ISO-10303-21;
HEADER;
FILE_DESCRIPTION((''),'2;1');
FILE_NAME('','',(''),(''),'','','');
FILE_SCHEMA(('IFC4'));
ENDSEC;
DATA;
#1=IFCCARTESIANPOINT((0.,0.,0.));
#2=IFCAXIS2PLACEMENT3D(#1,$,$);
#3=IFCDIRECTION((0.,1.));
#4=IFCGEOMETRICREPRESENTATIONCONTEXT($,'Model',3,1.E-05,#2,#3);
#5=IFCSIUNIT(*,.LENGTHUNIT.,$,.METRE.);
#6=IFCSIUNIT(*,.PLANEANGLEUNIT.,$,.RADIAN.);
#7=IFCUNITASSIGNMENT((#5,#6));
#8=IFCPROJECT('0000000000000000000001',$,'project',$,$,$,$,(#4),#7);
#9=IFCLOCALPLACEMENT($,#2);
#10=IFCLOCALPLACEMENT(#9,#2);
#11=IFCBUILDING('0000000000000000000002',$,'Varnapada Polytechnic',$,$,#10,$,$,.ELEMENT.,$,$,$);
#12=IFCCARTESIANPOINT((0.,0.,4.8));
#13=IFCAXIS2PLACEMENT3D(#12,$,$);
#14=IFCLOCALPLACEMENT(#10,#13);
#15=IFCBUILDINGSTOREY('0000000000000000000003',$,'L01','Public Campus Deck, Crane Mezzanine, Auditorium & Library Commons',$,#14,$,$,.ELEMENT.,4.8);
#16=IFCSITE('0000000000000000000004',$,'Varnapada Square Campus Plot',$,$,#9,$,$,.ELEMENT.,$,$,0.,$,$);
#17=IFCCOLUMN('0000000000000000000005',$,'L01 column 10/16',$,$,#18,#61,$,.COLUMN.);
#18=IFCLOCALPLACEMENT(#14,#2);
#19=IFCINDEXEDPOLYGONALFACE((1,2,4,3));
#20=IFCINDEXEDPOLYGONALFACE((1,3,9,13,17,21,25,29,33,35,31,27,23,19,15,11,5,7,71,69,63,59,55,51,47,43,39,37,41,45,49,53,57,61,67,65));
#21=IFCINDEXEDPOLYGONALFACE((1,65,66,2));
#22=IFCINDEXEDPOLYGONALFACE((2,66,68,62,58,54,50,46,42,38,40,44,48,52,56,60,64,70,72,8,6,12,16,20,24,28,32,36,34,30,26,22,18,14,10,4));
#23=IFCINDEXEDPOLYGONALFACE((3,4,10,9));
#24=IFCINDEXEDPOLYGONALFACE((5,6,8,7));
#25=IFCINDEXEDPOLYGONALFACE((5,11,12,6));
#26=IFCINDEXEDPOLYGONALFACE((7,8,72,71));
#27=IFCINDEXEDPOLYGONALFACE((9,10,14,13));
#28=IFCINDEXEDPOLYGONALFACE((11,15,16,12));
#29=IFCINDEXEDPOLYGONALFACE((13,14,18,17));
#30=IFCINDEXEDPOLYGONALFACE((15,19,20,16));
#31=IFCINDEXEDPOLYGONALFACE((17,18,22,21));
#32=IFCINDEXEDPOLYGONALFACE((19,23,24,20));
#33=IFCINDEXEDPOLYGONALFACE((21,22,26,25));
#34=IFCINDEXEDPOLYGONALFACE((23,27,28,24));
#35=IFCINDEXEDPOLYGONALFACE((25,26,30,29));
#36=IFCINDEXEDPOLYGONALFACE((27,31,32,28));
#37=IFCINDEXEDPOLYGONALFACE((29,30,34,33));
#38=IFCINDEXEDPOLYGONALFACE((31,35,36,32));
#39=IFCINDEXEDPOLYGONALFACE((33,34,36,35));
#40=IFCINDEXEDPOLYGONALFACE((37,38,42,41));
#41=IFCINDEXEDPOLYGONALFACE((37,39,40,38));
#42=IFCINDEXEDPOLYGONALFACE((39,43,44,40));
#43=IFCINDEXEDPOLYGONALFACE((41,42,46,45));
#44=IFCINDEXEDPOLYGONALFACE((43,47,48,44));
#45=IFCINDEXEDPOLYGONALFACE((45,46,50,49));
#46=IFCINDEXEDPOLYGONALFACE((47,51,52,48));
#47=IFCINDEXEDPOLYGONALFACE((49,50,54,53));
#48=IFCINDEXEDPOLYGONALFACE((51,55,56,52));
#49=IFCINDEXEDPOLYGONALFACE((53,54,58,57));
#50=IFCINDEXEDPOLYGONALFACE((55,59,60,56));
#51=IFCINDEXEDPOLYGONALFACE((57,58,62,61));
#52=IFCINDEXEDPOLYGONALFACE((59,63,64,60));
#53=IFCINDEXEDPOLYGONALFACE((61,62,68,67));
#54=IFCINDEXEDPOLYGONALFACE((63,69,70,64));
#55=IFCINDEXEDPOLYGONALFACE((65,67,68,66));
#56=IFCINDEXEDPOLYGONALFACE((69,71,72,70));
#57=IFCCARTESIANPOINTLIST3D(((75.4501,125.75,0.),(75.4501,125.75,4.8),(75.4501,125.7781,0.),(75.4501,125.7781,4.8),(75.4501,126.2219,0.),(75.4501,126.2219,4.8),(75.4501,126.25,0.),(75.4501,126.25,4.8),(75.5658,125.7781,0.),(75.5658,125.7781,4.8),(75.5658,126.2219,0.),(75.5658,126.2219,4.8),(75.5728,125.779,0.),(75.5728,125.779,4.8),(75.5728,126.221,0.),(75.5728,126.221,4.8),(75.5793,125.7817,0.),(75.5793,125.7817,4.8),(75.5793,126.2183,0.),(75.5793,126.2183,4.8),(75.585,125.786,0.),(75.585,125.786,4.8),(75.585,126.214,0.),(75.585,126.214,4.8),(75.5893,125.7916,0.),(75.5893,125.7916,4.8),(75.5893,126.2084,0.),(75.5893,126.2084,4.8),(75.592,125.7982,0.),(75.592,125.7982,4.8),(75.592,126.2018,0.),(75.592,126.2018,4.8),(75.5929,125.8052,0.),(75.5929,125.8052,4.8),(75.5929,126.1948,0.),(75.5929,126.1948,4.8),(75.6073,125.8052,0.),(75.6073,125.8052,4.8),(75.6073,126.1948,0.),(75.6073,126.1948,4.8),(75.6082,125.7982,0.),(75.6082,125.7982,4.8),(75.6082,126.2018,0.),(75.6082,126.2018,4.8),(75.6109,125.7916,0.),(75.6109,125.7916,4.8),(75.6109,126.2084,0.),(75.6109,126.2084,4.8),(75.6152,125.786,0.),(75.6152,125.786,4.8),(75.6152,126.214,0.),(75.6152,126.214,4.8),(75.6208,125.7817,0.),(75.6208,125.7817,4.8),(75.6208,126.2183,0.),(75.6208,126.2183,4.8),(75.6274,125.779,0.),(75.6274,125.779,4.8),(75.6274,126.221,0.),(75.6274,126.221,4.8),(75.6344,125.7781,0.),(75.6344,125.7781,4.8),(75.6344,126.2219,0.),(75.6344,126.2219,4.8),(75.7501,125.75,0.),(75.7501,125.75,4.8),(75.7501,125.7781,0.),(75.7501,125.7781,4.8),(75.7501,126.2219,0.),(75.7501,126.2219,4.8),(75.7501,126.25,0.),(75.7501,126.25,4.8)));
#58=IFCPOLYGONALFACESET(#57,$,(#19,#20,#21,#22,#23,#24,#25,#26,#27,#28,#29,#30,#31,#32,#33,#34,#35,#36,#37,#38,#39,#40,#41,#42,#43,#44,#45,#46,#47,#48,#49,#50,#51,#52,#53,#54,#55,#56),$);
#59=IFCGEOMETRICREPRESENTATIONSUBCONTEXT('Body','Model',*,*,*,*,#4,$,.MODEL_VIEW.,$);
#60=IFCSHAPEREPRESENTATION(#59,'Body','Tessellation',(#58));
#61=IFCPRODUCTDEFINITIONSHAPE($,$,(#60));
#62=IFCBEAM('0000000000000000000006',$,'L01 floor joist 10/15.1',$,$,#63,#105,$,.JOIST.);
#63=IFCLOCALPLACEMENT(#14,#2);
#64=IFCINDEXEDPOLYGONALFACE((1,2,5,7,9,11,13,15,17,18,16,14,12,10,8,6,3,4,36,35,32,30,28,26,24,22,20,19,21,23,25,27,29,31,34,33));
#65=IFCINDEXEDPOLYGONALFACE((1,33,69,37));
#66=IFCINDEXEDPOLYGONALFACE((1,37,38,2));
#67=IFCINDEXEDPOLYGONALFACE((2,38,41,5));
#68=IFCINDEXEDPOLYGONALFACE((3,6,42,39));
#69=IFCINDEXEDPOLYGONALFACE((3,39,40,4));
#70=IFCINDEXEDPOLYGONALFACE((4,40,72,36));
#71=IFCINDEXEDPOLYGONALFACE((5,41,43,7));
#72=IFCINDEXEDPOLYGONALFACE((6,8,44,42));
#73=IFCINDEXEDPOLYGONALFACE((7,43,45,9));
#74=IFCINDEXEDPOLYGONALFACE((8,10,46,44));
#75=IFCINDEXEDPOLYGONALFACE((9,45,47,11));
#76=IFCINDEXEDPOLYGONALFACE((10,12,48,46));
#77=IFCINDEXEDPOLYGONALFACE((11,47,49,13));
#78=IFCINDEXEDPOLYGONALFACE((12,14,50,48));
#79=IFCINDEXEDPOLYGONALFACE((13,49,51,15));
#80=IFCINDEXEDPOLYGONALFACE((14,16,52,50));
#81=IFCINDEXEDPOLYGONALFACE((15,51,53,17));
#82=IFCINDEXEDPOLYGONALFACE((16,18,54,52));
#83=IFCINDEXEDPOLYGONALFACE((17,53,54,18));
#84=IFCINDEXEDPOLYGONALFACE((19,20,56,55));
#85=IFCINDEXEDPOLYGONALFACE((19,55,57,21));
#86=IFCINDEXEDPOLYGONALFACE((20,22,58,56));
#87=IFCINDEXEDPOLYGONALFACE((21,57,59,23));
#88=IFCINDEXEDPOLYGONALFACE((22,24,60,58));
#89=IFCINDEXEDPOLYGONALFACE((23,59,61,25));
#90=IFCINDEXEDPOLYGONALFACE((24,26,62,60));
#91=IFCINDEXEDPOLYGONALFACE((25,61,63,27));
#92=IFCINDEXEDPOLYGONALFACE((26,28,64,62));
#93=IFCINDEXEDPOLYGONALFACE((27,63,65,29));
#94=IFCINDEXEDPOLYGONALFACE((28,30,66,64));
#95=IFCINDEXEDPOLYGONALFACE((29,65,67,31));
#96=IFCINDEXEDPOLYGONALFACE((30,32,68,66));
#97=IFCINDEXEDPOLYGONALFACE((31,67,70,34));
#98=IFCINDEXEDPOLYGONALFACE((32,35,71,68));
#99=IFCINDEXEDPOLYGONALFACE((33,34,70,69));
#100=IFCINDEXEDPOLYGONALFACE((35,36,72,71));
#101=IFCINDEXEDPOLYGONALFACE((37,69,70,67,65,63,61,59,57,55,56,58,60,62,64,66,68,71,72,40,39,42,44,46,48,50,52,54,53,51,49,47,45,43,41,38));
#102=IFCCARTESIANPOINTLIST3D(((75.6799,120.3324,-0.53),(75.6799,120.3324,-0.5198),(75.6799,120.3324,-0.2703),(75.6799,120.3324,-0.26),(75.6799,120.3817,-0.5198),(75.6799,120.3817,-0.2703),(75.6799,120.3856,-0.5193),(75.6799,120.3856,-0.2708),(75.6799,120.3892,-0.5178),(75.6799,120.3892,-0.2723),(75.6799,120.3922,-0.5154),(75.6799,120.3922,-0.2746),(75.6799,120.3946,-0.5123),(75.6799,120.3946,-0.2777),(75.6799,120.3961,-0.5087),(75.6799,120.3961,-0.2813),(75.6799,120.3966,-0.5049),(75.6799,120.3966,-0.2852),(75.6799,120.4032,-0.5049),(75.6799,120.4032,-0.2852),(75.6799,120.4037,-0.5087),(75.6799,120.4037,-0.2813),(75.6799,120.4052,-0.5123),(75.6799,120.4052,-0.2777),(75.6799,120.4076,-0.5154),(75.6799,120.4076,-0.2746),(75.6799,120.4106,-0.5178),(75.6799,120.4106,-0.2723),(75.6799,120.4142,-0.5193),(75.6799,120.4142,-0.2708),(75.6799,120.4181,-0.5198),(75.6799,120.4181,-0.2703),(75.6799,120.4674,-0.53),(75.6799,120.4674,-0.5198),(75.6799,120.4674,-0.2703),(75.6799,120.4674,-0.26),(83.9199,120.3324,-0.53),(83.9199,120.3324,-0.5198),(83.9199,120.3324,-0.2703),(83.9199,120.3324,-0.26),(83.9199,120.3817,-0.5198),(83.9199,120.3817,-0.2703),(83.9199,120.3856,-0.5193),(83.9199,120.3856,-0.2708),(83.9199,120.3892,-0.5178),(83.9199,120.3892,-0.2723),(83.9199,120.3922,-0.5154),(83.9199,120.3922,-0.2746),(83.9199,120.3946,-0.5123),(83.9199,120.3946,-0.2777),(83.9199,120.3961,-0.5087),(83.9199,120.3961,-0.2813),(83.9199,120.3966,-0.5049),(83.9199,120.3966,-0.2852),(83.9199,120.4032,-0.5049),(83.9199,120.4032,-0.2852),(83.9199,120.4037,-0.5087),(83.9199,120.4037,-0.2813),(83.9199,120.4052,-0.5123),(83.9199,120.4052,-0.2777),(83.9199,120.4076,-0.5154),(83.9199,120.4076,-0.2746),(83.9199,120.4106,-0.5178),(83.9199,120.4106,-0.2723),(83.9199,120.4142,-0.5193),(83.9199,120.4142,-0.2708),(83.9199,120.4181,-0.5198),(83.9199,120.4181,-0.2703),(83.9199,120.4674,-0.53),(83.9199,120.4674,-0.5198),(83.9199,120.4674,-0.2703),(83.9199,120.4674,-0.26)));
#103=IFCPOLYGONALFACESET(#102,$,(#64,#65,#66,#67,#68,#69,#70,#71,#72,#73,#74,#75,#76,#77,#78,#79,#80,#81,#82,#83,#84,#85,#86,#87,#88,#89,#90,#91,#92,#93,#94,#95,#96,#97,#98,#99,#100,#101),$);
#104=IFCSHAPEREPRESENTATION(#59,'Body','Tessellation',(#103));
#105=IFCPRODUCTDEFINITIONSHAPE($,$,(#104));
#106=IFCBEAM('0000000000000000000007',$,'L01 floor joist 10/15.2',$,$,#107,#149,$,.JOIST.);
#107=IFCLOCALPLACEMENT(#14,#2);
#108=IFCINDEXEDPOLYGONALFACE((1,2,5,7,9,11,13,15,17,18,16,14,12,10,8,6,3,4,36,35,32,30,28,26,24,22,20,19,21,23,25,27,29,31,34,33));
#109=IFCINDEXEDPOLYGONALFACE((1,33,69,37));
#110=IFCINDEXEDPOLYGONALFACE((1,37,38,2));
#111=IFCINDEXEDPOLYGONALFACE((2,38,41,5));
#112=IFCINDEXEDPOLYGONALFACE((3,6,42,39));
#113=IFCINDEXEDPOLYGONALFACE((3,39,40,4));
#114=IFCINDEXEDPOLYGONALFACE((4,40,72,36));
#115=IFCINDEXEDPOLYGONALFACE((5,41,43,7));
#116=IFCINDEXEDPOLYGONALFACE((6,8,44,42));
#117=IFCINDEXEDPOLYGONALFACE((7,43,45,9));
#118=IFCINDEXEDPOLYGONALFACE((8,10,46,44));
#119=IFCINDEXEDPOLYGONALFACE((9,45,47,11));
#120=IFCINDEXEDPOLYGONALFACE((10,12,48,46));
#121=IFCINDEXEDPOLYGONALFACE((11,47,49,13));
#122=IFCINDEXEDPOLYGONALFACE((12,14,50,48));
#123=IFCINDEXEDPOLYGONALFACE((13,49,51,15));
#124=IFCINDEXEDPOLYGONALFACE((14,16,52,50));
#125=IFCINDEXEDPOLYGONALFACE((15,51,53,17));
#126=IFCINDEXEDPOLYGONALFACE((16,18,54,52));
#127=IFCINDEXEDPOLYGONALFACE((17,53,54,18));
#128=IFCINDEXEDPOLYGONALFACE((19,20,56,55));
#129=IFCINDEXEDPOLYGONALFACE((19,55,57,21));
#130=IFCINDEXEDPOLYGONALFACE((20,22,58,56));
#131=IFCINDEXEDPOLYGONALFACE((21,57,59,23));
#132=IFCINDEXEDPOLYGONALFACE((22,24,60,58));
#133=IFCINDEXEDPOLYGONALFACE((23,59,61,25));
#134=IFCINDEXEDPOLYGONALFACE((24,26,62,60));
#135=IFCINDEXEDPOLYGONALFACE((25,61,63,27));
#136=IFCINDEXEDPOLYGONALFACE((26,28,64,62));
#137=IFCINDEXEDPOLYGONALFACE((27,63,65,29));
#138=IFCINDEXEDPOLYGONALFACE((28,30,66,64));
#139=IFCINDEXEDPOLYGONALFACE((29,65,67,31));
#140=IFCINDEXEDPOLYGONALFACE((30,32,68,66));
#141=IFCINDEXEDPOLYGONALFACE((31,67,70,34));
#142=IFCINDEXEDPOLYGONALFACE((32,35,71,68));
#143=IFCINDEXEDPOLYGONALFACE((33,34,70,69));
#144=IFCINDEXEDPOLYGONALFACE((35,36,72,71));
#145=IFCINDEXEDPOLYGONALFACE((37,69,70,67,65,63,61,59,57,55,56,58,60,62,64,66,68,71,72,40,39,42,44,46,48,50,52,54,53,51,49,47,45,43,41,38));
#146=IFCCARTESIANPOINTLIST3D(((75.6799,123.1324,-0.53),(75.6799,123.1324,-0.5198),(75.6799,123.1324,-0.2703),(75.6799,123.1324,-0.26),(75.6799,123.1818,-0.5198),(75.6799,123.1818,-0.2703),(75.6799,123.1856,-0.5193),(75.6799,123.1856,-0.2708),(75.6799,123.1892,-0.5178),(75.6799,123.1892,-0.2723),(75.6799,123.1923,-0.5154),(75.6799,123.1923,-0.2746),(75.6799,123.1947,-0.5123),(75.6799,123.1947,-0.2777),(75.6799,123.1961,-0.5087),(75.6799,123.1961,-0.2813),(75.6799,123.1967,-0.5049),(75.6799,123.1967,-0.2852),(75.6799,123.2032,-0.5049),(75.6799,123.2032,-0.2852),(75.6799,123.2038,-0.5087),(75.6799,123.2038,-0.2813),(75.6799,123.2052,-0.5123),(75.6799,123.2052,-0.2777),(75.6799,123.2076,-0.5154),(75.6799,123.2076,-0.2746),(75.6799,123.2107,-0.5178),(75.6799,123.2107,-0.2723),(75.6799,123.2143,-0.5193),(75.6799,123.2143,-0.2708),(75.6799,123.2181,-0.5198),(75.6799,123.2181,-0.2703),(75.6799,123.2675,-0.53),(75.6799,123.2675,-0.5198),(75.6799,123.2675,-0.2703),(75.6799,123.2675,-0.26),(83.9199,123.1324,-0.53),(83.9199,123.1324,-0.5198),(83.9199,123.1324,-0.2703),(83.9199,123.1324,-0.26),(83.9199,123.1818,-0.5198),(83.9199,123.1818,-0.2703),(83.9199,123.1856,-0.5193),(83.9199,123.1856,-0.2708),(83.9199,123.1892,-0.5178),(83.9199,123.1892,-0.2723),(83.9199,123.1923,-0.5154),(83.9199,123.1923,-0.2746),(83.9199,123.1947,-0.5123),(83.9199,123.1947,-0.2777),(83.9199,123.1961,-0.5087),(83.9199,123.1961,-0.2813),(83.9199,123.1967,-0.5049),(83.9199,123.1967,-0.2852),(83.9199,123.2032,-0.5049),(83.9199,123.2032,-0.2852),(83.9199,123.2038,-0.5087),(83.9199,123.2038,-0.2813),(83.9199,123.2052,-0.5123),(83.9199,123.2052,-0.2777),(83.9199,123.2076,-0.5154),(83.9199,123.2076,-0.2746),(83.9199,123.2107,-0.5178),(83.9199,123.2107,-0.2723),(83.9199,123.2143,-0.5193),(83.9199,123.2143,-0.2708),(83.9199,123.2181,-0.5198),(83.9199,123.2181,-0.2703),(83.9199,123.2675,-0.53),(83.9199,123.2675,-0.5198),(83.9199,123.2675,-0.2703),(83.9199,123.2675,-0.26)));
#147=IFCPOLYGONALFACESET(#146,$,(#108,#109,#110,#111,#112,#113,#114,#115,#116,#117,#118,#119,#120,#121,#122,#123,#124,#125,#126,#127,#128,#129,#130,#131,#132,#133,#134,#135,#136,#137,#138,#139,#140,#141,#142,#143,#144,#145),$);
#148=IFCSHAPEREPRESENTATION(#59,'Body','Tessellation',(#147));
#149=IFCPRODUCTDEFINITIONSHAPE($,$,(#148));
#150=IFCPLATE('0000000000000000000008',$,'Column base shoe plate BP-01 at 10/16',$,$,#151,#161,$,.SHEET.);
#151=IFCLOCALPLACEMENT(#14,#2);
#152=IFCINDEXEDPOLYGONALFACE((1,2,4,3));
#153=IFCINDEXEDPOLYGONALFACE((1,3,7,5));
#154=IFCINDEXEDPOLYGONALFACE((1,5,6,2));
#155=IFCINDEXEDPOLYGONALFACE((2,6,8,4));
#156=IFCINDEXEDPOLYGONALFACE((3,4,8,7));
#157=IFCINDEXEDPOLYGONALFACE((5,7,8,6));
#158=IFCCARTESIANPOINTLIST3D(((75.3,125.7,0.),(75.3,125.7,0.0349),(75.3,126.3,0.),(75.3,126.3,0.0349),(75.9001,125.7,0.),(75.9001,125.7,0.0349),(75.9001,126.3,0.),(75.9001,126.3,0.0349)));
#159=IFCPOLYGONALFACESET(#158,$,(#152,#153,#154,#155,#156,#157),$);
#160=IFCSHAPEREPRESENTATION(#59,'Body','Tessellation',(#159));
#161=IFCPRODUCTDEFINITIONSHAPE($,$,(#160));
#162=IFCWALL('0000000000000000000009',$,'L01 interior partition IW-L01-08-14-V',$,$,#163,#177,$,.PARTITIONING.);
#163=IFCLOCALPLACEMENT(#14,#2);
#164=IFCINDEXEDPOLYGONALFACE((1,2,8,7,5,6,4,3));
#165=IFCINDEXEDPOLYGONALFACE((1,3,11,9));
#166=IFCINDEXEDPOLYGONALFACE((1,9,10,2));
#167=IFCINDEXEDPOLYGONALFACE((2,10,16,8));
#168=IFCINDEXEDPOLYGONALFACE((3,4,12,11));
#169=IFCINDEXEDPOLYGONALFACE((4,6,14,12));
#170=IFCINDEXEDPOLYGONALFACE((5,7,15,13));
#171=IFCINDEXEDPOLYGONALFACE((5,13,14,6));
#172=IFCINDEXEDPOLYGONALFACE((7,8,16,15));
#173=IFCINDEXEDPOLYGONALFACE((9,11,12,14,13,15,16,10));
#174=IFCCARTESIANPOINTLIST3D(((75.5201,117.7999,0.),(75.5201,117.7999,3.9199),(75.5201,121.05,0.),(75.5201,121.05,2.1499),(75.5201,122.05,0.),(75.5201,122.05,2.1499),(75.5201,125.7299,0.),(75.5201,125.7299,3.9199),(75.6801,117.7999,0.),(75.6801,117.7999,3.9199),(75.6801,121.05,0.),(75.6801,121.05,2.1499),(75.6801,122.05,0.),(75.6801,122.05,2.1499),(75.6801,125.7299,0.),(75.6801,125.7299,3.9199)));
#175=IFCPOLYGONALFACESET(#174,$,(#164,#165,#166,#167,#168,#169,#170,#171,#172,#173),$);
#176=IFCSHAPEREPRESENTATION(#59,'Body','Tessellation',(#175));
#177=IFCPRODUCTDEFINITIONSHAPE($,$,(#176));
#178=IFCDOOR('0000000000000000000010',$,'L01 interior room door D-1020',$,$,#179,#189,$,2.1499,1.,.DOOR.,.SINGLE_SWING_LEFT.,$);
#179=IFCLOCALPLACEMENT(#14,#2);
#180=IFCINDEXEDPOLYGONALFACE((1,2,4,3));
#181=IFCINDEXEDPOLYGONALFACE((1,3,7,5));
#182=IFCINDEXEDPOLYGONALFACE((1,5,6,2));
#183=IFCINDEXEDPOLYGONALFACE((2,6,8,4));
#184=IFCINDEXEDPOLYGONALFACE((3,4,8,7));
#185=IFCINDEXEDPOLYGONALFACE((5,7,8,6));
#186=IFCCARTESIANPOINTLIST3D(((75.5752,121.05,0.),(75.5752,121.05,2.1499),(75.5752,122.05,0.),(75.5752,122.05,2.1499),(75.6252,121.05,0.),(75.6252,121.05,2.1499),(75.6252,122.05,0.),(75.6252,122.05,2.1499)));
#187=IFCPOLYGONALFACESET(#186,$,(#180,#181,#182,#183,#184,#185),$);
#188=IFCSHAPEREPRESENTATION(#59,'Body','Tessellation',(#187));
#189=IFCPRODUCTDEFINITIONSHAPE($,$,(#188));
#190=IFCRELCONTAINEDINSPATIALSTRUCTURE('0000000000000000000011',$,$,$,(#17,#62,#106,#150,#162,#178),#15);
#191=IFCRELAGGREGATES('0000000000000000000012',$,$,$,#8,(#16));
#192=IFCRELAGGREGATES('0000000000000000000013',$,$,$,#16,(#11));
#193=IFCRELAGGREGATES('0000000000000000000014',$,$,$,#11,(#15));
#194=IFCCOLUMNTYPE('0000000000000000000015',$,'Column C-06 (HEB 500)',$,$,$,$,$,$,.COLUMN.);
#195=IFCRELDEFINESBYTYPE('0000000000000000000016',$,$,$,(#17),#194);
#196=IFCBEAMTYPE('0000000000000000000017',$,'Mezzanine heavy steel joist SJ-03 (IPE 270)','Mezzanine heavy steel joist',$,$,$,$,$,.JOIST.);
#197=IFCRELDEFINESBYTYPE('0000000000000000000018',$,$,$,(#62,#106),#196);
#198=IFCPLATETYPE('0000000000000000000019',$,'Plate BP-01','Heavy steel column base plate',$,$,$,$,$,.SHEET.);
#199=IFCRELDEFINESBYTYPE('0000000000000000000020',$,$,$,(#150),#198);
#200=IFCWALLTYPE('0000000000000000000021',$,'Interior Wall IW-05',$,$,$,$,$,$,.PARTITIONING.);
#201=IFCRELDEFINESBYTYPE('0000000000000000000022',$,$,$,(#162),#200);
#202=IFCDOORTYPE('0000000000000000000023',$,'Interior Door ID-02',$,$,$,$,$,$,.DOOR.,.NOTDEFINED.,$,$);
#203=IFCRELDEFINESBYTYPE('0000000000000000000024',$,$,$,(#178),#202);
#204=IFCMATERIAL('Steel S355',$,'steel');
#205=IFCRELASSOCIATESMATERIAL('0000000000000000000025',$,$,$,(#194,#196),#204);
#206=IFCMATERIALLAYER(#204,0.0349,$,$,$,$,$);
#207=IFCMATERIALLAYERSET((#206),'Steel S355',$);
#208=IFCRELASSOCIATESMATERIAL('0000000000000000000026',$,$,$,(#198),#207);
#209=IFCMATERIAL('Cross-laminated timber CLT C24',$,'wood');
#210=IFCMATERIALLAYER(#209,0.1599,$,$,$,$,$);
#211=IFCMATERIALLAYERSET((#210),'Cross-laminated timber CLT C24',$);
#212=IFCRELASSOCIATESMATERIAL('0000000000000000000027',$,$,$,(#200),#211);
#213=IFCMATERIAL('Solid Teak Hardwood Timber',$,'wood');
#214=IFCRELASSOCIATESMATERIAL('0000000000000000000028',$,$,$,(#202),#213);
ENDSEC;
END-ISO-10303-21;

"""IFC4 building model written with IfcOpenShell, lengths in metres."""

from ifc_helpers import new_model, si_unit, direction, frame, frame_2d, origin, origin_2d, place, context, subcontext, project, spatial, rectangle, i_section, extrude, material, layer, layer_set, material_profile, profile_set, type_object, element, fill, save


model = new_model("IFC4")

# Units and contexts
model_context = context("Model", 3, precision=1e-05, world=origin(), true_north=direction((0.0, 1.0)))
body_context = subcontext(model_context, "Body", "Model", "MODEL_VIEW")
ifc_project = project(units=[si_unit("LENGTHUNIT", "METRE"), si_unit("PLANEANGLEUNIT", "RADIAN")], contexts=[model_context])

# Site, building, storey
site_placement = place(None, origin())
site = spatial("IfcSite", under=ifc_project, at=site_placement, Name="Varnapada Square Campus Plot", CompositionType="ELEMENT", RefElevation=0.0)
building_placement = place(site_placement, origin())
building = spatial("IfcBuilding", under=site, at=building_placement, Name="Varnapada Polytechnic", CompositionType="ELEMENT")
storey_placement = place(building_placement, frame((0.0, 0.0, 4.8)))
storey = spatial("IfcBuildingStorey", under=building, at=storey_placement, Name="L01", Description="Public Campus Deck, Crane Mezzanine, Auditorium & Library Commons", CompositionType="ELEMENT", Elevation=4.8)

# Column
ifc_material_1 = material(Name="Steel S355", Category="steel")
ifc_material_profile_1 = material_profile(ifc_material_1, i_section(OverallWidth=0.3, OverallDepth=0.5, WebThickness=0.0144, FlangeThickness=0.0281, FilletRadius=0.0271, at=origin_2d()), Name="HEB 500")
ifc_profile_set_1 = profile_set([ifc_material_profile_1], Name="Steel S355")
column_type = type_object("IfcColumnType", Name="Column C-06 (HEB 500)", PredefinedType="COLUMN", material=ifc_profile_set_1)
column_placement = place(storey_placement, frame((75.6001, 126.0, 0.0), z_axis=(0.0, 0.0, 1.0), x_axis=(1.0, 0.0, 0.0)))
element("IfcColumn", 1, at=column_placement, inside=storey, type_object=column_type, Name="L01 column 10/16", PredefinedType="COLUMN", context=body_context, shape_type="SweptSolid", body=[
    extrude(i_section(OverallWidth=0.3, OverallDepth=0.5, WebThickness=0.0144, FlangeThickness=0.0281, FilletRadius=0.0271, at=origin_2d()), origin(), (0.0, 0.0, 1.0), 4.8),
])

# Beams
ifc_material_profile_2 = material_profile(ifc_material_1, i_section(OverallWidth=0.135, OverallDepth=0.27, WebThickness=0.0066, FlangeThickness=0.0103, FilletRadius=0.0149, at=origin_2d()), Name="IPE 270")
ifc_profile_set_2 = profile_set([ifc_material_profile_2], Name="Steel S355")
beam_type = type_object("IfcBeamType", Name="Mezzanine heavy steel joist SJ-03 (IPE 270)", Description="Mezzanine heavy steel joist", PredefinedType="JOIST", material=ifc_profile_set_2)
for number, where, z_axis, x_axis, name in (
    (2, (75.6799, 120.3999, -0.395), (1.0, 0.0, 0.0), (0.0, 1.0, 0.0), "L01 floor joist 10/15.1"),
    (3, (75.6799, 123.2, -0.395), (1.0, 0.0, 0.0), (0.0, 1.0, 0.0), "L01 floor joist 10/15.2"),
):
    element("IfcBeam", number, at=place(storey_placement, frame(where, z_axis=z_axis, x_axis=x_axis)), inside=storey, type_object=beam_type, Name=name, PredefinedType="JOIST", context=body_context, shape_type="SweptSolid", body=[
        extrude(i_section(OverallWidth=0.135, OverallDepth=0.27, WebThickness=0.0066, FlangeThickness=0.0103, FilletRadius=0.0149, at=origin_2d()), origin(), (0.0, 0.0, 1.0), 8.24),
    ])

# Plate
ifc_layer_1 = layer(ifc_material_1, 0.0349)
ifc_layer_set_1 = layer_set([ifc_layer_1], Name="Steel S355")
plate_type = type_object("IfcPlateType", Name="Plate BP-01", Description="Heavy steel column base plate", PredefinedType="SHEET", material=ifc_layer_set_1)
plate_placement = place(storey_placement, frame((75.6001, 126.0, 0.0), z_axis=(0.0, 0.0, 1.0), x_axis=(1.0, 0.0, 0.0)))
element("IfcPlate", 4, at=plate_placement, inside=storey, type_object=plate_type, Name="Column base shoe plate BP-01 at 10/16", PredefinedType="SHEET", context=body_context, shape_type="SweptSolid", body=[
    extrude(rectangle(XDim=0.6001, YDim=0.6001, at=origin_2d()), origin(), (0.0, 0.0, 1.0), 0.0349),
])

# Wall, opening, door
ifc_material_2 = material(Name="Cross-laminated timber CLT C24", Category="wood")
ifc_layer_2 = layer(ifc_material_2, 0.1599)
ifc_layer_set_2 = layer_set([ifc_layer_2], Name="Cross-laminated timber CLT C24")
wall_type_1 = type_object("IfcWallType", Name="Interior Wall IW-05", PredefinedType="PARTITIONING", material=ifc_layer_set_2)
wall_1_placement = place(storey_placement, frame((75.6001, 117.8, 0.0), z_axis=(0.0, 0.0, 1.0), x_axis=(0.0, 1.0, 0.0)))
wall_1 = element("IfcWall", 5, at=wall_1_placement, inside=storey, type_object=wall_type_1, Name="L01 interior partition IW-L01-08-14-V", PredefinedType="PARTITIONING", context=body_context, shape_type="SweptSolid", body=[
    extrude(rectangle(XDim=7.9299, YDim=0.1599, at=frame_2d((3.9648, 0.0))), origin(), (0.0, 0.0, 1.0), 3.9199),
])
opening_1_placement = place(wall_1_placement, frame((3.25, 0.0, 0.0)))
opening_1 = element("IfcOpeningElement", 6, at=opening_1_placement, cuts=wall_1, PredefinedType="OPENING", context=body_context, shape_type="SweptSolid", body=[
    extrude(rectangle(XDim=1.0, YDim=2.1499, at=frame_2d((0.5, 1.075))), frame((0.0, 0.0898, 0.0), z_axis=(0.0, -1.0, 0.0), x_axis=(1.0, 0.0, 0.0)), (0.0, 0.0, 1.0), 0.1799),
])
ifc_material_3 = material(Name="Solid Teak Hardwood Timber", Category="wood")
door_type = type_object("IfcDoorType", Name="Interior Door ID-02", OperationType="NOTDEFINED", PredefinedType="DOOR", material=ifc_material_3)
door_placement = place(opening_1_placement, origin())
door = element("IfcDoor", 7, at=door_placement, inside=storey, type_object=door_type, Name="L01 interior room door D-1020", OperationType="SINGLE_SWING_LEFT", OverallHeight=2.1499, OverallWidth=1.0, PredefinedType="DOOR", context=body_context, shape_type="SweptSolid", body=[
    extrude(rectangle(XDim=1.0, YDim=2.1499, at=frame_2d((0.5, 1.075))), frame((0.0, 0.0249, 0.0), z_axis=(0.0, -1.0, 0.0), x_axis=(1.0, 0.0, 0.0)), (0.0, 0.0, 1.0), 0.05),
])
fill(opening_1, door)

save(model, "model.ifc")
